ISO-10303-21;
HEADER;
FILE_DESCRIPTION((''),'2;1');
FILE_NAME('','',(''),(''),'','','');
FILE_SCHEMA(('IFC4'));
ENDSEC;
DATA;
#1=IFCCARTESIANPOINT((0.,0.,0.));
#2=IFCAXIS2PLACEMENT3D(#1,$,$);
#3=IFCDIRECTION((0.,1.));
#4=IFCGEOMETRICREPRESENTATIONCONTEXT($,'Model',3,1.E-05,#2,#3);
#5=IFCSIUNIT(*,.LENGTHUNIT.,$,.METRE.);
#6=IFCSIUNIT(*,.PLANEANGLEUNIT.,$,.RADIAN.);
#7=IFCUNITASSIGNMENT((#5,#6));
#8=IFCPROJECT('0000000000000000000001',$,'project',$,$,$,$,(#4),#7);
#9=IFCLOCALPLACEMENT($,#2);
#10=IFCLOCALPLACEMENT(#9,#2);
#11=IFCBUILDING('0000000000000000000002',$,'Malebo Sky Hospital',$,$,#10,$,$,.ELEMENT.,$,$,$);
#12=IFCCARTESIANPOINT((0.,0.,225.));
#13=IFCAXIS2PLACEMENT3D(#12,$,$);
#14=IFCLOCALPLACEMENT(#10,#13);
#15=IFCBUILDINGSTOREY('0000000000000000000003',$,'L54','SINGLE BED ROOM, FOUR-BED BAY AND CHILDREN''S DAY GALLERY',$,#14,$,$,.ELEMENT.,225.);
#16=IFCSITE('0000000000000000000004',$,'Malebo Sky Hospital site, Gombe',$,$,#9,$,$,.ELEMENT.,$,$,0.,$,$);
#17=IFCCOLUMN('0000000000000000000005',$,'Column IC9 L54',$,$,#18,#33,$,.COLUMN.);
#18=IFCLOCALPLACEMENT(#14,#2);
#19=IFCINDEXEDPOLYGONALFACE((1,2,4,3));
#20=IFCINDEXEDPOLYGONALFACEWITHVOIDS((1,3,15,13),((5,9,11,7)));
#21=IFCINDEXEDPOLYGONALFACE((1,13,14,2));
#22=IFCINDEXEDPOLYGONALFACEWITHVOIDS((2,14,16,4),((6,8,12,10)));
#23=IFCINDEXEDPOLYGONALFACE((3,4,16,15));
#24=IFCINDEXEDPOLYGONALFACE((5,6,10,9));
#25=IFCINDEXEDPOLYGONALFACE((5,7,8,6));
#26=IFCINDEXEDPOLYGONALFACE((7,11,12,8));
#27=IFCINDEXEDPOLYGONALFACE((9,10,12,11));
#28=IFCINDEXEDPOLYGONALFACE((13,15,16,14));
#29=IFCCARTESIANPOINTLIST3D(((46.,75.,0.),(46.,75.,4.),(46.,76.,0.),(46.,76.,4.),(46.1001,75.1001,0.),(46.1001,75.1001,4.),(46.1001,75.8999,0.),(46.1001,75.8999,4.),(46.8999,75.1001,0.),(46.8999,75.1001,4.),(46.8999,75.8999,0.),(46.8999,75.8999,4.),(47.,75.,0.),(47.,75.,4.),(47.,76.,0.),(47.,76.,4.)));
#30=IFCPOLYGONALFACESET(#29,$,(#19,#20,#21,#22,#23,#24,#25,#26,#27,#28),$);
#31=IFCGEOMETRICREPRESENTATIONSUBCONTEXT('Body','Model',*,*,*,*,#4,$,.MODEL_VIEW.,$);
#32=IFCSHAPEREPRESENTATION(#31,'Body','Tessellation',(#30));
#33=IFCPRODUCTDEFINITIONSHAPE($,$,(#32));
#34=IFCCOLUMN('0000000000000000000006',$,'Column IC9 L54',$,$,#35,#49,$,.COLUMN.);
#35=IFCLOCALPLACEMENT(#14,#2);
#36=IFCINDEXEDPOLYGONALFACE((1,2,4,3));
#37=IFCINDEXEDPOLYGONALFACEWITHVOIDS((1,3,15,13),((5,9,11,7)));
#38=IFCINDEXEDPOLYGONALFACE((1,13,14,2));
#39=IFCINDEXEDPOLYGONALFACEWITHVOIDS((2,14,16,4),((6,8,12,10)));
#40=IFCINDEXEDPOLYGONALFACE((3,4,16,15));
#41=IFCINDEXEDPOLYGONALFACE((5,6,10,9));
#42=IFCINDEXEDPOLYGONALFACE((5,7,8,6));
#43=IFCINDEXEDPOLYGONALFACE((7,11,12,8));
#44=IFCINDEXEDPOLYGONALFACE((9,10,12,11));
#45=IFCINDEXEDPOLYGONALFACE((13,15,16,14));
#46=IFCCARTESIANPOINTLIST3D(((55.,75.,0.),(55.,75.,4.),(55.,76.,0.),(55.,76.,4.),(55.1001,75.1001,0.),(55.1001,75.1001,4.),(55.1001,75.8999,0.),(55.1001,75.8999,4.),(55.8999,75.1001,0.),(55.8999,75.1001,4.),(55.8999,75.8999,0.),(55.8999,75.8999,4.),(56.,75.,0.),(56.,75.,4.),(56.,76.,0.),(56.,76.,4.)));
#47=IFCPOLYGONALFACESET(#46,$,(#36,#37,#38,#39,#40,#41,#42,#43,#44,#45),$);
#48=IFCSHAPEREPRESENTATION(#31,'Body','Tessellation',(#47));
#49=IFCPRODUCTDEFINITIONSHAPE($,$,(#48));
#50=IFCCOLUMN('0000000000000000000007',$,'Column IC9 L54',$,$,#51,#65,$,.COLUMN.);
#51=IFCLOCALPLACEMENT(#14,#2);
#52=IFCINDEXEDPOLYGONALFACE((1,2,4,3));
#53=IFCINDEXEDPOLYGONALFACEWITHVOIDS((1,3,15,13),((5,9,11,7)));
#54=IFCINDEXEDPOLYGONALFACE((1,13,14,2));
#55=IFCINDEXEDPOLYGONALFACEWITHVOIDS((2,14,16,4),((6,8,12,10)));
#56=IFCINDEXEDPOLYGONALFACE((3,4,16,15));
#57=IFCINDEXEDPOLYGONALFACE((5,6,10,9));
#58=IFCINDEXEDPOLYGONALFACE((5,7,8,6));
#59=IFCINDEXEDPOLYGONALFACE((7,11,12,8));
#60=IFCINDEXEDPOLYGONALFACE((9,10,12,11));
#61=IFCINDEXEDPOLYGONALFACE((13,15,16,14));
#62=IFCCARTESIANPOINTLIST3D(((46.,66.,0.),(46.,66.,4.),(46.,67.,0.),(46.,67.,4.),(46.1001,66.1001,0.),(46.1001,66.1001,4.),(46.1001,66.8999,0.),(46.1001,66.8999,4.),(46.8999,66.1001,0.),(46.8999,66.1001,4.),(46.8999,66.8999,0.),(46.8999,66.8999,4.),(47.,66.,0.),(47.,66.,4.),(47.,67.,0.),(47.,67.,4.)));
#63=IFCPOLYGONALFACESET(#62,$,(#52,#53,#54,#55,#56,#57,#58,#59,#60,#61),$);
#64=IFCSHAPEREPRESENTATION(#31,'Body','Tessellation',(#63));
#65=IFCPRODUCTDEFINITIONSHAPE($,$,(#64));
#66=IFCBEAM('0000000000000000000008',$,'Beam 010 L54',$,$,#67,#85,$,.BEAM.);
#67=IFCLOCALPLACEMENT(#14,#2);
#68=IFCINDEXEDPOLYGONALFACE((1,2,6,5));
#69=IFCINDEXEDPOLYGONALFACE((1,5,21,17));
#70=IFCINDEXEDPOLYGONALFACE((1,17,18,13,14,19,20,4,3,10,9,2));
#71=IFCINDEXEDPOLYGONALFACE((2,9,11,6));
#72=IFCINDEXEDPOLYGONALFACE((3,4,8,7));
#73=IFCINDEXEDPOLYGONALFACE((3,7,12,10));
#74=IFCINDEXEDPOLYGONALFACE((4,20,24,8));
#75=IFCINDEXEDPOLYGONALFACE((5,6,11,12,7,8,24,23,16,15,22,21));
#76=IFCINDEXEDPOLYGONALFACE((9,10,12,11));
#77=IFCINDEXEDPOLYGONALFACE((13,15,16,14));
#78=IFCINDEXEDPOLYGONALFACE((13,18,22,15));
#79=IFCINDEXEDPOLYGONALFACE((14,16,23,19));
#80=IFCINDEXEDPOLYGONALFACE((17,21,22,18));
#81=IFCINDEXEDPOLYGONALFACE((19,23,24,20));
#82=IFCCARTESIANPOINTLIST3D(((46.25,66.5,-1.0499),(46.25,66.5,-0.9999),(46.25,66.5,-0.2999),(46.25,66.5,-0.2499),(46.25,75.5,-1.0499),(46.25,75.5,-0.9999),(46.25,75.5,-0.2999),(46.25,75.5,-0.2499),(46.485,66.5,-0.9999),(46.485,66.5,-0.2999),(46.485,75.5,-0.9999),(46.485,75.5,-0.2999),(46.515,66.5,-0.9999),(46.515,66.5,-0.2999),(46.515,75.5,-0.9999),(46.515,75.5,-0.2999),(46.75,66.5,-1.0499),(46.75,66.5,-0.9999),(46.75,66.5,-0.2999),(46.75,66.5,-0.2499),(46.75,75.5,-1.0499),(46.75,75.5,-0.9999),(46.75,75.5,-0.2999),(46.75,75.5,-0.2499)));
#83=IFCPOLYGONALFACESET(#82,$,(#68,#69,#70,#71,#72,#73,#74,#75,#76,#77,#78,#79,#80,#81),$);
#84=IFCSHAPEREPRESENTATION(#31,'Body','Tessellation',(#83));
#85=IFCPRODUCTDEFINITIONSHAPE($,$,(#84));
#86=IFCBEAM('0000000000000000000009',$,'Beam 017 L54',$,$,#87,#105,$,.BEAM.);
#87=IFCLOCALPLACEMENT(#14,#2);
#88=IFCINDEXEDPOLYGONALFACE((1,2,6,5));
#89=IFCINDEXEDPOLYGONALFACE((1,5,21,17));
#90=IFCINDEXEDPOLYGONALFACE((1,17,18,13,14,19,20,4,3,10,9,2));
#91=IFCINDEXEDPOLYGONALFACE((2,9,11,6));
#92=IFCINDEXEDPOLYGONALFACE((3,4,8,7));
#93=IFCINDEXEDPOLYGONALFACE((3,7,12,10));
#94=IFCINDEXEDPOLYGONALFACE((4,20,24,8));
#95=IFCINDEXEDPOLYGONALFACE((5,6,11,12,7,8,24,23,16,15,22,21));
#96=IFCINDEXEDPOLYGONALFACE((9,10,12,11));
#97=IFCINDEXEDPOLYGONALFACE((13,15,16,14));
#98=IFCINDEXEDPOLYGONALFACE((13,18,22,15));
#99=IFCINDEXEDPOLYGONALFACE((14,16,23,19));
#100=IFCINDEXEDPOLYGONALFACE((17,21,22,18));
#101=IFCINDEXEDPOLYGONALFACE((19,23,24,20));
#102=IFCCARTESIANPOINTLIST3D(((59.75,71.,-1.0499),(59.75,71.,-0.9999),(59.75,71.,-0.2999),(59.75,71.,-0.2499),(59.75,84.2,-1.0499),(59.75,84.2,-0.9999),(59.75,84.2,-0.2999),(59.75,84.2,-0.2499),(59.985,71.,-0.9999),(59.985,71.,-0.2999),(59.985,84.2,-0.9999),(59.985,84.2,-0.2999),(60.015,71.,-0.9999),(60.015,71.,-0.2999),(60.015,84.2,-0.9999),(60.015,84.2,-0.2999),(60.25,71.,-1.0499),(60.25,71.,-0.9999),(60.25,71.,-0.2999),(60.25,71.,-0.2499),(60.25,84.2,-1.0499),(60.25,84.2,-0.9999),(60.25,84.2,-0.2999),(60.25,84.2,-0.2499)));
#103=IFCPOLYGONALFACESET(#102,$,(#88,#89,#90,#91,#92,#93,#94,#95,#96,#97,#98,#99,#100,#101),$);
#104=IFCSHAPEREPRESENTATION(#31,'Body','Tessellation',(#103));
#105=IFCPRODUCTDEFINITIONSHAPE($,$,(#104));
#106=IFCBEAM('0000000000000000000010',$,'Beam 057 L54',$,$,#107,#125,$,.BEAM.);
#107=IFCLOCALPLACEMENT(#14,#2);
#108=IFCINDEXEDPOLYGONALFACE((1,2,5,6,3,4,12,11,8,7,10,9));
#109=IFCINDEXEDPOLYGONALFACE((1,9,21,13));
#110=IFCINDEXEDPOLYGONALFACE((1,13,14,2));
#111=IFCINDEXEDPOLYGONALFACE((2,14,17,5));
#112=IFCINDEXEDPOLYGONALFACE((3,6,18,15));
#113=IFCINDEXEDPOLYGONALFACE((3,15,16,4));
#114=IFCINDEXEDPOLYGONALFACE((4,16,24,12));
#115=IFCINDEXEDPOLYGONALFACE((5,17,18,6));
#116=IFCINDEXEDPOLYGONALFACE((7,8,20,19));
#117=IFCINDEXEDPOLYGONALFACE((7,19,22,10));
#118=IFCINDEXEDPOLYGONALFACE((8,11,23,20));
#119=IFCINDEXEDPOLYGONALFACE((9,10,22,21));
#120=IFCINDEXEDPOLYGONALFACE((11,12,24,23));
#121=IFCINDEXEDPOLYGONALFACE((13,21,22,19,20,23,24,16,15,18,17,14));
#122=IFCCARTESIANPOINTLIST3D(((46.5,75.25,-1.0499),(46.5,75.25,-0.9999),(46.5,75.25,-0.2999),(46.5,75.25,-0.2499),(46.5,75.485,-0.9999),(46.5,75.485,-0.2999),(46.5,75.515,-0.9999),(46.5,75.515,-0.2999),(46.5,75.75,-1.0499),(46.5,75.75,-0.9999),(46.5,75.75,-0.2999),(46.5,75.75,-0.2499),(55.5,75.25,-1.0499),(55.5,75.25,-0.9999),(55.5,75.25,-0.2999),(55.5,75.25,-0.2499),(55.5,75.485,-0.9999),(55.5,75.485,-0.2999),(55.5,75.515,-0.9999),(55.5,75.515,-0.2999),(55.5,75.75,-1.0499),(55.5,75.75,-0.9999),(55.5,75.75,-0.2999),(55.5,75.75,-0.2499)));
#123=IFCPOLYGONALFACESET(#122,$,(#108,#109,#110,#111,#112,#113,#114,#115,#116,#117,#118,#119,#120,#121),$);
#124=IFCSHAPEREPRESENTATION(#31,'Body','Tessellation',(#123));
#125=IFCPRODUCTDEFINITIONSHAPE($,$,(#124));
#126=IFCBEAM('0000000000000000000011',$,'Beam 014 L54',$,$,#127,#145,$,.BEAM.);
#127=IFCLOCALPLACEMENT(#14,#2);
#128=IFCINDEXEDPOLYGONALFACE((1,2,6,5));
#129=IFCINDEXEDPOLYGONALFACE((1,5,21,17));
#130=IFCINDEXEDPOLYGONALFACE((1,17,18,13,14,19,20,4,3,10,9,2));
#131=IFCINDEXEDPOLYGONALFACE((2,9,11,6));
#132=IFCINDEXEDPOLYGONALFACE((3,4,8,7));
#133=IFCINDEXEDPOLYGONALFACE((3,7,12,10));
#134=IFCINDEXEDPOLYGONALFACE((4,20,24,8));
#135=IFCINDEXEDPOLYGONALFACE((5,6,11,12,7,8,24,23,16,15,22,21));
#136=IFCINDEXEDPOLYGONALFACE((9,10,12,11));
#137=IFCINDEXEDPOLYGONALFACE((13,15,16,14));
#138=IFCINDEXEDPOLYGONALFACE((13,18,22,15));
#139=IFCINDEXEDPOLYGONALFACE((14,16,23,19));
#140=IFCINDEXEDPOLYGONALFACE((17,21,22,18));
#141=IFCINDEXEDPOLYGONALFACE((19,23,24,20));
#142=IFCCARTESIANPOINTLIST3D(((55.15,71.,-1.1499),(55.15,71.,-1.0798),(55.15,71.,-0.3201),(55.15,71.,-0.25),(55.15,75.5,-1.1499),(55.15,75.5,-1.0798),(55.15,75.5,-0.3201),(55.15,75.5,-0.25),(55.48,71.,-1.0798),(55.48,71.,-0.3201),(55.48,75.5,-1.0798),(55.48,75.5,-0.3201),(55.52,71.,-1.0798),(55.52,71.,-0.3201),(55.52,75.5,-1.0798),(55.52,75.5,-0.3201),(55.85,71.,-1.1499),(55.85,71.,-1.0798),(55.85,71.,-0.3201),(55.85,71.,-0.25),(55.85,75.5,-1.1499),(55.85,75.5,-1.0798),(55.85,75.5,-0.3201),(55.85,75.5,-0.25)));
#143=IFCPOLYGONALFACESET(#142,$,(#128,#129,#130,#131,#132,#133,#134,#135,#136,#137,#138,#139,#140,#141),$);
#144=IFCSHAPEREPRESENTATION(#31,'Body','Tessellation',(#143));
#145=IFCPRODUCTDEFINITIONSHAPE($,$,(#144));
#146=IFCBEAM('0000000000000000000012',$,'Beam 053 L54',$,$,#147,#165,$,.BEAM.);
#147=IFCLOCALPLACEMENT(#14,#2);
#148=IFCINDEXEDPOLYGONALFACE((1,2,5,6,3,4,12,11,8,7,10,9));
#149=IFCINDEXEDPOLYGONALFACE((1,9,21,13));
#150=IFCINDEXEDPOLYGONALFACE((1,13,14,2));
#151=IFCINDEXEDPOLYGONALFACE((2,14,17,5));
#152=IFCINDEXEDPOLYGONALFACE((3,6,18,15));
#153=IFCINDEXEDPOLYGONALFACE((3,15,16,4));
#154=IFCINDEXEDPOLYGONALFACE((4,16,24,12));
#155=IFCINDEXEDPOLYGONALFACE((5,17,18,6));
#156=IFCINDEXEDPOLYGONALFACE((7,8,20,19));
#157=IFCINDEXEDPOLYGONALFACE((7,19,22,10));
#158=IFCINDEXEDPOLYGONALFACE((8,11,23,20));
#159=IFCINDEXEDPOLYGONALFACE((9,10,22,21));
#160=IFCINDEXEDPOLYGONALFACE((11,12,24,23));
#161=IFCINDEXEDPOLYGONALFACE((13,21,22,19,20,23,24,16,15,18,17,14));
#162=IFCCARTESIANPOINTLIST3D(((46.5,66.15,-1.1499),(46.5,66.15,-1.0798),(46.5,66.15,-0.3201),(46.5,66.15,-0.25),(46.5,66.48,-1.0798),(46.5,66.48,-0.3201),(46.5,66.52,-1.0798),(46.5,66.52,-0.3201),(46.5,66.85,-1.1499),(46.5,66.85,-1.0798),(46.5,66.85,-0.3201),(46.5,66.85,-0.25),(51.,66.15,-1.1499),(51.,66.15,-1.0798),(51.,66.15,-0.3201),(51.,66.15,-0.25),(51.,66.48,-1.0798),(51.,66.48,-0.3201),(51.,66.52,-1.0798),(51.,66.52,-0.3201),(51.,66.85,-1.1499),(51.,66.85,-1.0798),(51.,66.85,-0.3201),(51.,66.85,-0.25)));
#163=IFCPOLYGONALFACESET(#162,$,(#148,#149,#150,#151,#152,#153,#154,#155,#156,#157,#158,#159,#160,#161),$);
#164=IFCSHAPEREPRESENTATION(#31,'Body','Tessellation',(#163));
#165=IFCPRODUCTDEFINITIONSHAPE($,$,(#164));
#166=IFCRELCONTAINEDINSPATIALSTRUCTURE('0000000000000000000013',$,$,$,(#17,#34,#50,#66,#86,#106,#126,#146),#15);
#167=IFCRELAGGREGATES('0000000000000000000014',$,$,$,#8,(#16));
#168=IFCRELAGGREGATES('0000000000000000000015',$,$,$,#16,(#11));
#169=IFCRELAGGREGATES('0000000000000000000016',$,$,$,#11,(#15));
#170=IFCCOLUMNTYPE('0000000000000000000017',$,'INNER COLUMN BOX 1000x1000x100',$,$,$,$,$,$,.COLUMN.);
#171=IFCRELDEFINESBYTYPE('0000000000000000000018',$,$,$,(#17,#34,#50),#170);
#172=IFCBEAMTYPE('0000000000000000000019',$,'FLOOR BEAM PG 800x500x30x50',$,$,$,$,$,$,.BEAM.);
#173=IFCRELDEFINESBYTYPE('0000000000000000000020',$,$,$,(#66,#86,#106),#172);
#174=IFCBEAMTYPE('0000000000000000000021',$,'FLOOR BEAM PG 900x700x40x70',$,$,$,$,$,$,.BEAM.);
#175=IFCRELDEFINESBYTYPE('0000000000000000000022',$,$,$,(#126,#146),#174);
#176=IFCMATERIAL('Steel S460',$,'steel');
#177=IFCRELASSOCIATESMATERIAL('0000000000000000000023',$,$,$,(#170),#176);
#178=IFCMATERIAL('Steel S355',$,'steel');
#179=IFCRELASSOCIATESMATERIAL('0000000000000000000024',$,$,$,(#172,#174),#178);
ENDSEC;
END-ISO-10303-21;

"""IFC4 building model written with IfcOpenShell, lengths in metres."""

from ifc_helpers import new_model, si_unit, direction, frame, origin, origin_2d, place, context, subcontext, project, spatial, hollow_rectangle, i_section, extrude, material, material_profile, profile_set, type_object, element, save


model = new_model("IFC4")

# Units and contexts
model_context = context("Model", 3, precision=1e-05, world=origin(), true_north=direction((0.0, 1.0)))
body_context = subcontext(model_context, "Body", "Model", "MODEL_VIEW")
ifc_project = project(units=[si_unit("LENGTHUNIT", "METRE"), si_unit("PLANEANGLEUNIT", "RADIAN")], contexts=[model_context])

# Site, building, storey
site_placement = place(None, origin())
site = spatial("IfcSite", under=ifc_project, at=site_placement, Name="Malebo Sky Hospital site, Gombe", CompositionType="ELEMENT", RefElevation=0.0)
building_placement = place(site_placement, origin())
building = spatial("IfcBuilding", under=site, at=building_placement, Name="Malebo Sky Hospital", CompositionType="ELEMENT")
storey_placement = place(building_placement, frame((0.0, 0.0, 225.0)))
storey = spatial("IfcBuildingStorey", under=building, at=storey_placement, Name="L54", Description="SINGLE BED ROOM, FOUR-BED BAY AND CHILDREN'S DAY GALLERY", CompositionType="ELEMENT", Elevation=225.0)

# Columns
ifc_material_1 = material(Name="Steel S460", Category="steel")
ifc_material_profile_1 = material_profile(ifc_material_1, hollow_rectangle(XDim=1.0, YDim=1.0, WallThickness=0.1001, at=origin_2d()), Name="BOX 1000x1000x100")
ifc_profile_set_1 = profile_set([ifc_material_profile_1], Name="Steel S460")
column_type = type_object("IfcColumnType", Name="INNER COLUMN BOX 1000x1000x100", PredefinedType="COLUMN", material=ifc_profile_set_1)
for number, where, z_axis, x_axis, name in (
    (1, (46.5, 75.5, 0.0), (0.0, 0.0, 1.0), (1.0, 0.0, 0.0), "Column IC9 L54"),
    (2, (55.5, 75.5, 0.0), (0.0, 0.0, 1.0), (1.0, 0.0, 0.0), "Column IC9 L54"),
    (3, (46.5, 66.5, 0.0), (0.0, 0.0, 1.0), (1.0, 0.0, 0.0), "Column IC9 L54"),
):
    element("IfcColumn", number, at=place(storey_placement, frame(where, z_axis=z_axis, x_axis=x_axis)), inside=storey, type_object=column_type, Name=name, PredefinedType="COLUMN", context=body_context, shape_type="SweptSolid", body=[
        extrude(hollow_rectangle(XDim=1.0, YDim=1.0, WallThickness=0.1001, at=origin_2d()), origin(), (0.0, 0.0, 1.0), 4.0),
    ])

# Beams
ifc_material_2 = material(Name="Steel S355", Category="steel")
ifc_material_profile_2 = material_profile(ifc_material_2, i_section(OverallWidth=0.5, OverallDepth=0.8, WebThickness=0.03, FlangeThickness=0.05, at=origin_2d()), Name="PG 800x500x30x50")
ifc_profile_set_2 = profile_set([ifc_material_profile_2], Name="Steel S355")
beam_type_1 = type_object("IfcBeamType", Name="FLOOR BEAM PG 800x500x30x50", PredefinedType="BEAM", material=ifc_profile_set_2)
beam_1_placement = place(storey_placement, frame((46.5, 66.5, -0.6499), z_axis=(0.0, 1.0, 0.0), x_axis=(-1.0, 0.0, 0.0)))
element("IfcBeam", 4, at=beam_1_placement, inside=storey, type_object=beam_type_1, Name="Beam 010 L54", PredefinedType="BEAM", context=body_context, shape_type="SweptSolid", body=[
    extrude(i_section(OverallWidth=0.5, OverallDepth=0.8, WebThickness=0.03, FlangeThickness=0.05, at=origin_2d()), origin(), (0.0, 0.0, 1.0), 9.0),
])
beam_2_placement = place(storey_placement, frame((60.0, 71.0, -0.6499), z_axis=(0.0, 1.0, 0.0), x_axis=(-1.0, 0.0, 0.0)))
element("IfcBeam", 5, at=beam_2_placement, inside=storey, type_object=beam_type_1, Name="Beam 017 L54", PredefinedType="BEAM", context=body_context, shape_type="SweptSolid", body=[
    extrude(i_section(OverallWidth=0.5, OverallDepth=0.8, WebThickness=0.03, FlangeThickness=0.05, at=origin_2d()), origin(), (0.0, 0.0, 1.0), 13.2),
])
beam_3_placement = place(storey_placement, frame((46.5, 75.5, -0.6499), z_axis=(1.0, 0.0, 0.0), x_axis=(0.0, 1.0, 0.0)))
element("IfcBeam", 6, at=beam_3_placement, inside=storey, type_object=beam_type_1, Name="Beam 057 L54", PredefinedType="BEAM", context=body_context, shape_type="SweptSolid", body=[
    extrude(i_section(OverallWidth=0.5, OverallDepth=0.8, WebThickness=0.03, FlangeThickness=0.05, at=origin_2d()), origin(), (0.0, 0.0, 1.0), 9.0),
])
ifc_material_profile_3 = material_profile(ifc_material_2, i_section(OverallWidth=0.7, OverallDepth=0.8999, WebThickness=0.04, FlangeThickness=0.0701, at=origin_2d()), Name="PG 900x700x40x70")
ifc_profile_set_3 = profile_set([ifc_material_profile_3], Name="Steel S355")
beam_type_2 = type_object("IfcBeamType", Name="FLOOR BEAM PG 900x700x40x70", PredefinedType="BEAM", material=ifc_profile_set_3)
for number, where, z_axis, x_axis, name in (
    (7, (55.5, 71.0, -0.7), (0.0, 1.0, 0.0), (-1.0, 0.0, 0.0), "Beam 014 L54"),
    (8, (46.5, 66.5, -0.7), (1.0, 0.0, 0.0), (0.0, 1.0, 0.0), "Beam 053 L54"),
):
    element("IfcBeam", number, at=place(storey_placement, frame(where, z_axis=z_axis, x_axis=x_axis)), inside=storey, type_object=beam_type_2, Name=name, PredefinedType="BEAM", context=body_context, shape_type="SweptSolid", body=[
        extrude(i_section(OverallWidth=0.7, OverallDepth=0.8999, WebThickness=0.04, FlangeThickness=0.0701, at=origin_2d()), origin(), (0.0, 0.0, 1.0), 4.5),
    ])

save(model, "model.ifc")
